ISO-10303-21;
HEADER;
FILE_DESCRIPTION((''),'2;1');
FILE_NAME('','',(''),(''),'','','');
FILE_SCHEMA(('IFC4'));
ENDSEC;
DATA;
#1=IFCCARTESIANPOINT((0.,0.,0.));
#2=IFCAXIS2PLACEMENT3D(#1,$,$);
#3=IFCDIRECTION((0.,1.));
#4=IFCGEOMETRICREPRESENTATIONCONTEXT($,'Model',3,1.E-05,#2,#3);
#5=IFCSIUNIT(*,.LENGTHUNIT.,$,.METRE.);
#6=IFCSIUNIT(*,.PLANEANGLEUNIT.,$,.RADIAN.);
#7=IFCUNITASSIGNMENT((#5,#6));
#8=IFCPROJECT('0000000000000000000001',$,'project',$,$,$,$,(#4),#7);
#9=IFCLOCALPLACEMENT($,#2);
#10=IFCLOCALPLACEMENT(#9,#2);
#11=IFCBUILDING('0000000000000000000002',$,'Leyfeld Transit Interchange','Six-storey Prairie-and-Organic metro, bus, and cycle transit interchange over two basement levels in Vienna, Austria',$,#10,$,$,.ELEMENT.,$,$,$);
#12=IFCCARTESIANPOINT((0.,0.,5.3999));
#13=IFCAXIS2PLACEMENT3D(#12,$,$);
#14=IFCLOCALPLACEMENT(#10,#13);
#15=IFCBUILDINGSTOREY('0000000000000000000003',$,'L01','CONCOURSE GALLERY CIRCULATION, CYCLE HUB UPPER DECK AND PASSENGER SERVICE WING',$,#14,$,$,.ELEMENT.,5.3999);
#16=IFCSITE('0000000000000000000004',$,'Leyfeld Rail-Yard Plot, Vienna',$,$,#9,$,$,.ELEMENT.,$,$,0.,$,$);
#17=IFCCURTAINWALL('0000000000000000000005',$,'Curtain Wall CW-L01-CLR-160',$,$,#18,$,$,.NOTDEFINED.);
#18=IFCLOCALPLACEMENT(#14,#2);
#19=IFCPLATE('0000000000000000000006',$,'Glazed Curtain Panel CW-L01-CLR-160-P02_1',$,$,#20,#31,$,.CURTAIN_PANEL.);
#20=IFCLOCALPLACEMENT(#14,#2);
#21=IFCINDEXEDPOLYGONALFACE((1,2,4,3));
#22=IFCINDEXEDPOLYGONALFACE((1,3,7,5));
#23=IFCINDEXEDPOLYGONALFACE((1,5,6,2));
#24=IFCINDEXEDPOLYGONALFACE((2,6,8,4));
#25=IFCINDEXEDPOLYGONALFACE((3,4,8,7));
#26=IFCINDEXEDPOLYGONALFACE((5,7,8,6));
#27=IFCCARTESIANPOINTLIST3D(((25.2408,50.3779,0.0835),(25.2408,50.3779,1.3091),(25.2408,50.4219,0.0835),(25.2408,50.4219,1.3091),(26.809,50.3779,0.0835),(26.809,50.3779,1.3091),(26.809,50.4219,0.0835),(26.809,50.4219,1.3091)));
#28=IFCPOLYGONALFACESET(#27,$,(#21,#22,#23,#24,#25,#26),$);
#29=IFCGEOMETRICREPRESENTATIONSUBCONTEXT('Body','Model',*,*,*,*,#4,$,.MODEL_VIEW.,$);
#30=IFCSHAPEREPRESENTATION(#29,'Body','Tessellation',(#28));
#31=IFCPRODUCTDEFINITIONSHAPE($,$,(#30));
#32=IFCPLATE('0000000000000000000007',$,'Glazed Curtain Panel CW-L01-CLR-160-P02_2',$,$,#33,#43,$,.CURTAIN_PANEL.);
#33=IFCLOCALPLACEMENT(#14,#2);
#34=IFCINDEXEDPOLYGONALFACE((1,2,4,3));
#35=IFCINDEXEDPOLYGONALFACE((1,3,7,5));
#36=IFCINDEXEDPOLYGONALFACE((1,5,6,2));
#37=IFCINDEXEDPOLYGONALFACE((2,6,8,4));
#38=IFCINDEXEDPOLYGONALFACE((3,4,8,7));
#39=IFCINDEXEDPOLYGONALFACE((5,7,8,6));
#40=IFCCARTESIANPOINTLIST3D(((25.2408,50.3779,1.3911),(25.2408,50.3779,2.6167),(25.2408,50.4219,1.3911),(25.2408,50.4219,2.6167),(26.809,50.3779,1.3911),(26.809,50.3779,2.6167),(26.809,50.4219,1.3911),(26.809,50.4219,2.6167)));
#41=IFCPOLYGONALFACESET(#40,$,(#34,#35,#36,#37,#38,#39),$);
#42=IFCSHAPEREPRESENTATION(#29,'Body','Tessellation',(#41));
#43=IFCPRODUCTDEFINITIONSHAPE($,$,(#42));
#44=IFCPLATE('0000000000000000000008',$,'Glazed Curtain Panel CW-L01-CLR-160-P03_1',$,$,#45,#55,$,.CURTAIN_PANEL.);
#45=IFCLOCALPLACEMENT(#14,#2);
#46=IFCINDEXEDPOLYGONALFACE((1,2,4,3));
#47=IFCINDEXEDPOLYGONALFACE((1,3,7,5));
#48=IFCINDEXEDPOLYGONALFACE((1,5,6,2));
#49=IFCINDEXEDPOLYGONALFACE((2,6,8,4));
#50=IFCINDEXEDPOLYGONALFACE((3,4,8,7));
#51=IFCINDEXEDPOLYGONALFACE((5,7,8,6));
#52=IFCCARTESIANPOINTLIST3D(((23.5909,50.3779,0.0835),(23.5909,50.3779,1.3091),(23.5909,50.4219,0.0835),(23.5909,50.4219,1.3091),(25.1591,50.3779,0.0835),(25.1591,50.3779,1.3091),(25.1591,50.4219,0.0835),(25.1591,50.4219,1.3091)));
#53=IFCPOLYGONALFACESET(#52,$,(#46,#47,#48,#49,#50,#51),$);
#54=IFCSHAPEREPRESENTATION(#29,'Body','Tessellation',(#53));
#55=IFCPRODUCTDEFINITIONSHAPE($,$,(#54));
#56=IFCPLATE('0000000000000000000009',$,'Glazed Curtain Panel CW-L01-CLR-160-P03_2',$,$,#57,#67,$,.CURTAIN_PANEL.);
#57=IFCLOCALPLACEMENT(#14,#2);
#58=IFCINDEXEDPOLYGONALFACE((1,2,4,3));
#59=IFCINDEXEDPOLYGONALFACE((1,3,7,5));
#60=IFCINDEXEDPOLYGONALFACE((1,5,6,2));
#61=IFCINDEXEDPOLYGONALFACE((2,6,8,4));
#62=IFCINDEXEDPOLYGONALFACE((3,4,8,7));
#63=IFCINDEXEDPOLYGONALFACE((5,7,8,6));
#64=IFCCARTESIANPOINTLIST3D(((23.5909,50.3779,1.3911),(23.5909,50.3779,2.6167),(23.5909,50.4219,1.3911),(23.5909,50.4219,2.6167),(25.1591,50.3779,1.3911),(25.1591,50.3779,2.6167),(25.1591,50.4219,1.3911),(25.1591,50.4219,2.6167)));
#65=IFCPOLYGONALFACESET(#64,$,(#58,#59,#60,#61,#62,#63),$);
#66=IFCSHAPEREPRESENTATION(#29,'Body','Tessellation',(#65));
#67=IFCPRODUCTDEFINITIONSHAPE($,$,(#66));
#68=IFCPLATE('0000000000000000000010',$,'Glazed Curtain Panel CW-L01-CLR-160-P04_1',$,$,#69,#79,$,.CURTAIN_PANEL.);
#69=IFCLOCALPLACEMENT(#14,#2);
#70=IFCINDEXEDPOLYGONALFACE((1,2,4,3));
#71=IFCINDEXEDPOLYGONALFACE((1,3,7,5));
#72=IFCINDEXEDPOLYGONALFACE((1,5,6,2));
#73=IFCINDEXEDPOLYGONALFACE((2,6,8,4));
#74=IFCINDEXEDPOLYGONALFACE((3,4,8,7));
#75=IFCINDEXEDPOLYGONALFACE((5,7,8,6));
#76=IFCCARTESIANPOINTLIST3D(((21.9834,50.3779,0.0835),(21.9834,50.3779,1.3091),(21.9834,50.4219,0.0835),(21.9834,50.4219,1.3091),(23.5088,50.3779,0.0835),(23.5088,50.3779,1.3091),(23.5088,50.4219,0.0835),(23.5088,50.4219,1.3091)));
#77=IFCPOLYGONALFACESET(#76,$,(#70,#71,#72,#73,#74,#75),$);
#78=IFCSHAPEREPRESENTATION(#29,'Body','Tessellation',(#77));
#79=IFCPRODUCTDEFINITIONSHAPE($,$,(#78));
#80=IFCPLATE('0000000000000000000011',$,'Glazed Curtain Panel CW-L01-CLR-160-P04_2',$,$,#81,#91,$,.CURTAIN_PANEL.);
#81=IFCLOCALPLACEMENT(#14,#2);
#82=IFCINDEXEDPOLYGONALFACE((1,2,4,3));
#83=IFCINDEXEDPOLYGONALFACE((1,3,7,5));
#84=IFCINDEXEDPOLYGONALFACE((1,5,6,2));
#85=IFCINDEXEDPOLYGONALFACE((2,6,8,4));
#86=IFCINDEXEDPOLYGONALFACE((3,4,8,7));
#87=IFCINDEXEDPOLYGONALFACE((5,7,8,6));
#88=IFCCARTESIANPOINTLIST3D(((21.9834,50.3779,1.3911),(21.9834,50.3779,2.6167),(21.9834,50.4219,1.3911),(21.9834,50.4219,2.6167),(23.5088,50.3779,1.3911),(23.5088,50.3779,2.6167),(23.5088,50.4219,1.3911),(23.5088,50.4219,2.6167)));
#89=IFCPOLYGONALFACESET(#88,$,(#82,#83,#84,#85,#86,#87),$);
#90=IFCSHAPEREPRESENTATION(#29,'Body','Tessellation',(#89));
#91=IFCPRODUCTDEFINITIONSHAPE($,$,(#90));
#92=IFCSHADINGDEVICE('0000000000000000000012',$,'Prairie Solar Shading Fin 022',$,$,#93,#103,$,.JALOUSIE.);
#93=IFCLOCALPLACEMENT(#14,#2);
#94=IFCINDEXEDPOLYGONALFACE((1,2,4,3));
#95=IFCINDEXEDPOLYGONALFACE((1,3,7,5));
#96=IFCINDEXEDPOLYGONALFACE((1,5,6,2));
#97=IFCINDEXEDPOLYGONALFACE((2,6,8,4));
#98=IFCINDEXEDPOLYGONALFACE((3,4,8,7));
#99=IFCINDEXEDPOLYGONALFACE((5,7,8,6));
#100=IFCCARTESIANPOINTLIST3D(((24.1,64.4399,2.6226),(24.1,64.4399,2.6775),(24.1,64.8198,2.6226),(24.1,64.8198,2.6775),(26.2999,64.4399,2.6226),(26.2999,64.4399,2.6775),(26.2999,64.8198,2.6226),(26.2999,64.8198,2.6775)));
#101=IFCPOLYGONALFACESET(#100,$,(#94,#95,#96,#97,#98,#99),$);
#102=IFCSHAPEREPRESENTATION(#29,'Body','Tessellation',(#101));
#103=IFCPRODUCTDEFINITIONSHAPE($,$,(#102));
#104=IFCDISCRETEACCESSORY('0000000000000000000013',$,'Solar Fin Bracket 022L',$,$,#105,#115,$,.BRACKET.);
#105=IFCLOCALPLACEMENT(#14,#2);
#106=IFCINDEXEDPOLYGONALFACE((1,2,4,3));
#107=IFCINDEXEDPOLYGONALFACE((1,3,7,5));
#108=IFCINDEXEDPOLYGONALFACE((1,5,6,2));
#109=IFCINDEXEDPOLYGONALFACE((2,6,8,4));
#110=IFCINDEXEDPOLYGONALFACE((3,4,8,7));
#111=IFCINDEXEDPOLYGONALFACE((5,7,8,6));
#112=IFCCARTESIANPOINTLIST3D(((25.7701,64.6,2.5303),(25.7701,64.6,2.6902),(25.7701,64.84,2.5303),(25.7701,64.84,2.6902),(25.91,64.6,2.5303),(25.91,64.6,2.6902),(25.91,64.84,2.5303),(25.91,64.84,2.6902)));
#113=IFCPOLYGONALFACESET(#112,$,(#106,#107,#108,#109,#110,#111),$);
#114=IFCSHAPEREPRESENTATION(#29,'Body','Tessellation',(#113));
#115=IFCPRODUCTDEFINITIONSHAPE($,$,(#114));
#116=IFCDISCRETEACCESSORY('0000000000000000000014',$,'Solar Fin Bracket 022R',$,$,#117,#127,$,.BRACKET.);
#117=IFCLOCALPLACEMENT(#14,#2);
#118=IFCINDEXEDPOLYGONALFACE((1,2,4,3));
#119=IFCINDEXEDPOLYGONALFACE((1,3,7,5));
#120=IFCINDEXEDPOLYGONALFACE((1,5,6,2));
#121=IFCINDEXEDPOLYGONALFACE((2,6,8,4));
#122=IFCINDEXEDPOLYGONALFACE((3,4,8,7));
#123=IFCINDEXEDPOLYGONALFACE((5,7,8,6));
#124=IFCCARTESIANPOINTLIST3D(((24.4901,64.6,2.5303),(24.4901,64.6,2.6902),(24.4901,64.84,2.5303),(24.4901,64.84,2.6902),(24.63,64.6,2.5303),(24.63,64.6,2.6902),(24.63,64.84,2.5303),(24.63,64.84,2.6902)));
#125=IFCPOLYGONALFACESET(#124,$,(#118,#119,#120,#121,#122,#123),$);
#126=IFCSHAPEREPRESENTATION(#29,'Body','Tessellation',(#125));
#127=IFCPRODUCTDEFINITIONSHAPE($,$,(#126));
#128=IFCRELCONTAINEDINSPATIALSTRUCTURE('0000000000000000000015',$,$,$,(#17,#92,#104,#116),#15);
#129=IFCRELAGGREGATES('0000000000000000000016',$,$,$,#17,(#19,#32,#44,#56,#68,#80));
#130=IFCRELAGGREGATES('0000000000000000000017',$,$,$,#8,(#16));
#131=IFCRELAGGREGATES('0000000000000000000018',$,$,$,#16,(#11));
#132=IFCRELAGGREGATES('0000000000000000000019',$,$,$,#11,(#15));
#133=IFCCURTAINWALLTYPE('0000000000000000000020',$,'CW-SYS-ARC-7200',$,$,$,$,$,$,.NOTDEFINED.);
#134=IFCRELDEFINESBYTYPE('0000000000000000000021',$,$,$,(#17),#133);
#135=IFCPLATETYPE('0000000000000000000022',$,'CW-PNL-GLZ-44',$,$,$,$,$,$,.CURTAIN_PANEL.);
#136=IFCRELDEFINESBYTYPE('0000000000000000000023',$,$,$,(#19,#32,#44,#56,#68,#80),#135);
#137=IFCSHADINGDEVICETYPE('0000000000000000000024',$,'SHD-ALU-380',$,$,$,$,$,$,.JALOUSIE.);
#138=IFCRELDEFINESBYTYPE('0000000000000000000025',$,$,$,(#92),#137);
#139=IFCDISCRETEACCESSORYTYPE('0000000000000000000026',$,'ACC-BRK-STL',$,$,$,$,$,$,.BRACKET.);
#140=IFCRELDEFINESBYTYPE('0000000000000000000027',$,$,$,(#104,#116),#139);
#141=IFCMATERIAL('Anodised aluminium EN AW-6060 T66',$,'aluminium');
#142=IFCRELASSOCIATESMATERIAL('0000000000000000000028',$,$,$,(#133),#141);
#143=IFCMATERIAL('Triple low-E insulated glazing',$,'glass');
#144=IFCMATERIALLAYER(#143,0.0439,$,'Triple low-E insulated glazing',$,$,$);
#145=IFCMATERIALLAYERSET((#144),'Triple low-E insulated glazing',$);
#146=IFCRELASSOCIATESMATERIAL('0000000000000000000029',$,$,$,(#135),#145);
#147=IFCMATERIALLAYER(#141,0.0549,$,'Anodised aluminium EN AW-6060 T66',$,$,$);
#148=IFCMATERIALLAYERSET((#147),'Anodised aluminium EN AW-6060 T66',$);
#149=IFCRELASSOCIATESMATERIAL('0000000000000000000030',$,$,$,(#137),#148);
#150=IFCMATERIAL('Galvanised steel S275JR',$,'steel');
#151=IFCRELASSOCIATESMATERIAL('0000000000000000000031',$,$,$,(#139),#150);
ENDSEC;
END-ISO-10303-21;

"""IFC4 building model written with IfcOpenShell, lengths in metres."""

from ifc_helpers import new_model, si_unit, direction, frame, origin, origin_2d, place, context, subcontext, project, spatial, rectangle, extrude, material, layer, layer_set, type_object, element, aggregate, save


model = new_model("IFC4")

# Units and contexts
model_context = context("Model", 3, precision=1e-05, world=origin(), true_north=direction((0.0, 1.0)))
body_context = subcontext(model_context, "Body", "Model", "MODEL_VIEW")
ifc_project = project(units=[si_unit("LENGTHUNIT", "METRE"), si_unit("PLANEANGLEUNIT", "RADIAN")], contexts=[model_context])

# Site, building, storey
site_placement = place(None, origin())
site = spatial("IfcSite", under=ifc_project, at=site_placement, Name="Leyfeld Rail-Yard Plot, Vienna", CompositionType="ELEMENT", RefElevation=0.0)
building_placement = place(site_placement, origin())
building = spatial("IfcBuilding", under=site, at=building_placement, Name="Leyfeld Transit Interchange", Description="Six-storey Prairie-and-Organic metro, bus, and cycle transit interchange over two basement levels in Vienna, Austria", CompositionType="ELEMENT")
storey_placement = place(building_placement, frame((0.0, 0.0, 5.3999)))
storey = spatial("IfcBuildingStorey", under=building, at=storey_placement, Name="L01", Description="CONCOURSE GALLERY CIRCULATION, CYCLE HUB UPPER DECK AND PASSENGER SERVICE WING", CompositionType="ELEMENT", Elevation=5.3999)

# Curtain wall, plates
ifc_material_1 = material(Name="Anodised aluminium EN AW-6060 T66", Category="aluminium")
curtain_wall_type = type_object("IfcCurtainWallType", Name="CW-SYS-ARC-7200", PredefinedType="NOTDEFINED", material=ifc_material_1)
curtain_wall_placement = place(storey_placement, origin())
curtain_wall = element("IfcCurtainWall", 1, at=curtain_wall_placement, inside=storey, type_object=curtain_wall_type, Name="Curtain Wall CW-L01-CLR-160", PredefinedType="NOTDEFINED")
ifc_material_2 = material(Name="Triple low-E insulated glazing", Category="glass")
ifc_layer_1 = layer(ifc_material_2, 0.0439, Name="Triple low-E insulated glazing")
ifc_layer_set_1 = layer_set([ifc_layer_1], Name="Triple low-E insulated glazing")
plate_type = type_object("IfcPlateType", Name="CW-PNL-GLZ-44", PredefinedType="CURTAIN_PANEL", material=ifc_layer_set_1)
plate_1_placement = place(storey_placement, frame((26.0249, 50.3999, 0.0835), z_axis=(0.0, 0.0, 1.0), x_axis=(-1.0, 0.0, 0.0)))
plate_1 = element("IfcPlate", 2, at=plate_1_placement, type_object=plate_type, Name="Glazed Curtain Panel CW-L01-CLR-160-P02_1", PredefinedType="CURTAIN_PANEL", context=body_context, shape_type="SweptSolid", body=[
    extrude(rectangle(XDim=1.5681, YDim=0.0439, at=origin_2d()), origin(), (0.0, 0.0, 1.0), 1.2256),
])
plate_2_placement = place(storey_placement, frame((26.0249, 50.3999, 1.3911), z_axis=(0.0, 0.0, 1.0), x_axis=(-1.0, 0.0, 0.0)))
plate_2 = element("IfcPlate", 3, at=plate_2_placement, type_object=plate_type, Name="Glazed Curtain Panel CW-L01-CLR-160-P02_2", PredefinedType="CURTAIN_PANEL", context=body_context, shape_type="SweptSolid", body=[
    extrude(rectangle(XDim=1.5681, YDim=0.0439, at=origin_2d()), origin(), (0.0, 0.0, 1.0), 1.2256),
])
plate_3_placement = place(storey_placement, frame((24.375, 50.3999, 0.0835), z_axis=(0.0, 0.0, 1.0), x_axis=(-1.0, 0.0, 0.0)))
plate_3 = element("IfcPlate", 4, at=plate_3_placement, type_object=plate_type, Name="Glazed Curtain Panel CW-L01-CLR-160-P03_1", PredefinedType="CURTAIN_PANEL", context=body_context, shape_type="SweptSolid", body=[
    extrude(rectangle(XDim=1.5681, YDim=0.0439, at=origin_2d()), origin(), (0.0, 0.0, 1.0), 1.2256),
])
plate_4_placement = place(storey_placement, frame((24.375, 50.3999, 1.3911), z_axis=(0.0, 0.0, 1.0), x_axis=(-1.0, 0.0, 0.0)))
plate_4 = element("IfcPlate", 5, at=plate_4_placement, type_object=plate_type, Name="Glazed Curtain Panel CW-L01-CLR-160-P03_2", PredefinedType="CURTAIN_PANEL", context=body_context, shape_type="SweptSolid", body=[
    extrude(rectangle(XDim=1.5681, YDim=0.0439, at=origin_2d()), origin(), (0.0, 0.0, 1.0), 1.2256),
])
plate_5_placement = place(storey_placement, frame((22.7461, 50.3999, 0.0835), z_axis=(0.0, 0.0, 1.0), x_axis=(-1.0, 0.0, 0.0)))
plate_5 = element("IfcPlate", 6, at=plate_5_placement, type_object=plate_type, Name="Glazed Curtain Panel CW-L01-CLR-160-P04_1", PredefinedType="CURTAIN_PANEL", context=body_context, shape_type="SweptSolid", body=[
    extrude(rectangle(XDim=1.5254, YDim=0.0439, at=origin_2d()), origin(), (0.0, 0.0, 1.0), 1.2256),
])
plate_6_placement = place(storey_placement, frame((22.7461, 50.3999, 1.3911), z_axis=(0.0, 0.0, 1.0), x_axis=(-1.0, 0.0, 0.0)))
plate_6 = element("IfcPlate", 7, at=plate_6_placement, type_object=plate_type, Name="Glazed Curtain Panel CW-L01-CLR-160-P04_2", PredefinedType="CURTAIN_PANEL", context=body_context, shape_type="SweptSolid", body=[
    extrude(rectangle(XDim=1.5254, YDim=0.0439, at=origin_2d()), origin(), (0.0, 0.0, 1.0), 1.2256),
])
aggregate(curtain_wall, [plate_1, plate_2, plate_3, plate_4, plate_5, plate_6])

# Shading device
ifc_layer_2 = layer(ifc_material_1, 0.0549, Name="Anodised aluminium EN AW-6060 T66")
ifc_layer_set_2 = layer_set([ifc_layer_2], Name="Anodised aluminium EN AW-6060 T66")
shading_device_type = type_object("IfcShadingDeviceType", Name="SHD-ALU-380", PredefinedType="JALOUSIE", material=ifc_layer_set_2)
shading_device_placement = place(storey_placement, frame((25.2, 64.6299, 2.6226), z_axis=(0.0, 0.0, 1.0), x_axis=(-1.0, 0.0, 0.0)))
element("IfcShadingDevice", 8, at=shading_device_placement, inside=storey, type_object=shading_device_type, Name="Prairie Solar Shading Fin 022", PredefinedType="JALOUSIE", context=body_context, shape_type="SweptSolid", body=[
    extrude(rectangle(XDim=2.2, YDim=0.3799, at=origin_2d()), origin(), (0.0, 0.0, 1.0), 0.0549),
])

# Discrete accessories
ifc_material_3 = material(Name="Galvanised steel S275JR", Category="steel")
discrete_accessory_type = type_object("IfcDiscreteAccessoryType", Name="ACC-BRK-STL", PredefinedType="BRACKET", material=ifc_material_3)
for number, where, z_axis, x_axis, name in (
    (9, (25.8401, 64.72, 2.5303), (0.0, 0.0, 1.0), (-1.0, 0.0, 0.0), "Solar Fin Bracket 022L"),
    (10, (24.5601, 64.72, 2.5303), (0.0, 0.0, 1.0), (-1.0, 0.0, 0.0), "Solar Fin Bracket 022R"),
):
    element("IfcDiscreteAccessory", number, at=place(storey_placement, frame(where, z_axis=z_axis, x_axis=x_axis)), inside=storey, type_object=discrete_accessory_type, Name=name, PredefinedType="BRACKET", context=body_context, shape_type="SweptSolid", body=[
        extrude(rectangle(XDim=0.1399, YDim=0.24, at=origin_2d()), origin(), (0.0, 0.0, 1.0), 0.1599),
    ])

save(model, "model.ifc")
